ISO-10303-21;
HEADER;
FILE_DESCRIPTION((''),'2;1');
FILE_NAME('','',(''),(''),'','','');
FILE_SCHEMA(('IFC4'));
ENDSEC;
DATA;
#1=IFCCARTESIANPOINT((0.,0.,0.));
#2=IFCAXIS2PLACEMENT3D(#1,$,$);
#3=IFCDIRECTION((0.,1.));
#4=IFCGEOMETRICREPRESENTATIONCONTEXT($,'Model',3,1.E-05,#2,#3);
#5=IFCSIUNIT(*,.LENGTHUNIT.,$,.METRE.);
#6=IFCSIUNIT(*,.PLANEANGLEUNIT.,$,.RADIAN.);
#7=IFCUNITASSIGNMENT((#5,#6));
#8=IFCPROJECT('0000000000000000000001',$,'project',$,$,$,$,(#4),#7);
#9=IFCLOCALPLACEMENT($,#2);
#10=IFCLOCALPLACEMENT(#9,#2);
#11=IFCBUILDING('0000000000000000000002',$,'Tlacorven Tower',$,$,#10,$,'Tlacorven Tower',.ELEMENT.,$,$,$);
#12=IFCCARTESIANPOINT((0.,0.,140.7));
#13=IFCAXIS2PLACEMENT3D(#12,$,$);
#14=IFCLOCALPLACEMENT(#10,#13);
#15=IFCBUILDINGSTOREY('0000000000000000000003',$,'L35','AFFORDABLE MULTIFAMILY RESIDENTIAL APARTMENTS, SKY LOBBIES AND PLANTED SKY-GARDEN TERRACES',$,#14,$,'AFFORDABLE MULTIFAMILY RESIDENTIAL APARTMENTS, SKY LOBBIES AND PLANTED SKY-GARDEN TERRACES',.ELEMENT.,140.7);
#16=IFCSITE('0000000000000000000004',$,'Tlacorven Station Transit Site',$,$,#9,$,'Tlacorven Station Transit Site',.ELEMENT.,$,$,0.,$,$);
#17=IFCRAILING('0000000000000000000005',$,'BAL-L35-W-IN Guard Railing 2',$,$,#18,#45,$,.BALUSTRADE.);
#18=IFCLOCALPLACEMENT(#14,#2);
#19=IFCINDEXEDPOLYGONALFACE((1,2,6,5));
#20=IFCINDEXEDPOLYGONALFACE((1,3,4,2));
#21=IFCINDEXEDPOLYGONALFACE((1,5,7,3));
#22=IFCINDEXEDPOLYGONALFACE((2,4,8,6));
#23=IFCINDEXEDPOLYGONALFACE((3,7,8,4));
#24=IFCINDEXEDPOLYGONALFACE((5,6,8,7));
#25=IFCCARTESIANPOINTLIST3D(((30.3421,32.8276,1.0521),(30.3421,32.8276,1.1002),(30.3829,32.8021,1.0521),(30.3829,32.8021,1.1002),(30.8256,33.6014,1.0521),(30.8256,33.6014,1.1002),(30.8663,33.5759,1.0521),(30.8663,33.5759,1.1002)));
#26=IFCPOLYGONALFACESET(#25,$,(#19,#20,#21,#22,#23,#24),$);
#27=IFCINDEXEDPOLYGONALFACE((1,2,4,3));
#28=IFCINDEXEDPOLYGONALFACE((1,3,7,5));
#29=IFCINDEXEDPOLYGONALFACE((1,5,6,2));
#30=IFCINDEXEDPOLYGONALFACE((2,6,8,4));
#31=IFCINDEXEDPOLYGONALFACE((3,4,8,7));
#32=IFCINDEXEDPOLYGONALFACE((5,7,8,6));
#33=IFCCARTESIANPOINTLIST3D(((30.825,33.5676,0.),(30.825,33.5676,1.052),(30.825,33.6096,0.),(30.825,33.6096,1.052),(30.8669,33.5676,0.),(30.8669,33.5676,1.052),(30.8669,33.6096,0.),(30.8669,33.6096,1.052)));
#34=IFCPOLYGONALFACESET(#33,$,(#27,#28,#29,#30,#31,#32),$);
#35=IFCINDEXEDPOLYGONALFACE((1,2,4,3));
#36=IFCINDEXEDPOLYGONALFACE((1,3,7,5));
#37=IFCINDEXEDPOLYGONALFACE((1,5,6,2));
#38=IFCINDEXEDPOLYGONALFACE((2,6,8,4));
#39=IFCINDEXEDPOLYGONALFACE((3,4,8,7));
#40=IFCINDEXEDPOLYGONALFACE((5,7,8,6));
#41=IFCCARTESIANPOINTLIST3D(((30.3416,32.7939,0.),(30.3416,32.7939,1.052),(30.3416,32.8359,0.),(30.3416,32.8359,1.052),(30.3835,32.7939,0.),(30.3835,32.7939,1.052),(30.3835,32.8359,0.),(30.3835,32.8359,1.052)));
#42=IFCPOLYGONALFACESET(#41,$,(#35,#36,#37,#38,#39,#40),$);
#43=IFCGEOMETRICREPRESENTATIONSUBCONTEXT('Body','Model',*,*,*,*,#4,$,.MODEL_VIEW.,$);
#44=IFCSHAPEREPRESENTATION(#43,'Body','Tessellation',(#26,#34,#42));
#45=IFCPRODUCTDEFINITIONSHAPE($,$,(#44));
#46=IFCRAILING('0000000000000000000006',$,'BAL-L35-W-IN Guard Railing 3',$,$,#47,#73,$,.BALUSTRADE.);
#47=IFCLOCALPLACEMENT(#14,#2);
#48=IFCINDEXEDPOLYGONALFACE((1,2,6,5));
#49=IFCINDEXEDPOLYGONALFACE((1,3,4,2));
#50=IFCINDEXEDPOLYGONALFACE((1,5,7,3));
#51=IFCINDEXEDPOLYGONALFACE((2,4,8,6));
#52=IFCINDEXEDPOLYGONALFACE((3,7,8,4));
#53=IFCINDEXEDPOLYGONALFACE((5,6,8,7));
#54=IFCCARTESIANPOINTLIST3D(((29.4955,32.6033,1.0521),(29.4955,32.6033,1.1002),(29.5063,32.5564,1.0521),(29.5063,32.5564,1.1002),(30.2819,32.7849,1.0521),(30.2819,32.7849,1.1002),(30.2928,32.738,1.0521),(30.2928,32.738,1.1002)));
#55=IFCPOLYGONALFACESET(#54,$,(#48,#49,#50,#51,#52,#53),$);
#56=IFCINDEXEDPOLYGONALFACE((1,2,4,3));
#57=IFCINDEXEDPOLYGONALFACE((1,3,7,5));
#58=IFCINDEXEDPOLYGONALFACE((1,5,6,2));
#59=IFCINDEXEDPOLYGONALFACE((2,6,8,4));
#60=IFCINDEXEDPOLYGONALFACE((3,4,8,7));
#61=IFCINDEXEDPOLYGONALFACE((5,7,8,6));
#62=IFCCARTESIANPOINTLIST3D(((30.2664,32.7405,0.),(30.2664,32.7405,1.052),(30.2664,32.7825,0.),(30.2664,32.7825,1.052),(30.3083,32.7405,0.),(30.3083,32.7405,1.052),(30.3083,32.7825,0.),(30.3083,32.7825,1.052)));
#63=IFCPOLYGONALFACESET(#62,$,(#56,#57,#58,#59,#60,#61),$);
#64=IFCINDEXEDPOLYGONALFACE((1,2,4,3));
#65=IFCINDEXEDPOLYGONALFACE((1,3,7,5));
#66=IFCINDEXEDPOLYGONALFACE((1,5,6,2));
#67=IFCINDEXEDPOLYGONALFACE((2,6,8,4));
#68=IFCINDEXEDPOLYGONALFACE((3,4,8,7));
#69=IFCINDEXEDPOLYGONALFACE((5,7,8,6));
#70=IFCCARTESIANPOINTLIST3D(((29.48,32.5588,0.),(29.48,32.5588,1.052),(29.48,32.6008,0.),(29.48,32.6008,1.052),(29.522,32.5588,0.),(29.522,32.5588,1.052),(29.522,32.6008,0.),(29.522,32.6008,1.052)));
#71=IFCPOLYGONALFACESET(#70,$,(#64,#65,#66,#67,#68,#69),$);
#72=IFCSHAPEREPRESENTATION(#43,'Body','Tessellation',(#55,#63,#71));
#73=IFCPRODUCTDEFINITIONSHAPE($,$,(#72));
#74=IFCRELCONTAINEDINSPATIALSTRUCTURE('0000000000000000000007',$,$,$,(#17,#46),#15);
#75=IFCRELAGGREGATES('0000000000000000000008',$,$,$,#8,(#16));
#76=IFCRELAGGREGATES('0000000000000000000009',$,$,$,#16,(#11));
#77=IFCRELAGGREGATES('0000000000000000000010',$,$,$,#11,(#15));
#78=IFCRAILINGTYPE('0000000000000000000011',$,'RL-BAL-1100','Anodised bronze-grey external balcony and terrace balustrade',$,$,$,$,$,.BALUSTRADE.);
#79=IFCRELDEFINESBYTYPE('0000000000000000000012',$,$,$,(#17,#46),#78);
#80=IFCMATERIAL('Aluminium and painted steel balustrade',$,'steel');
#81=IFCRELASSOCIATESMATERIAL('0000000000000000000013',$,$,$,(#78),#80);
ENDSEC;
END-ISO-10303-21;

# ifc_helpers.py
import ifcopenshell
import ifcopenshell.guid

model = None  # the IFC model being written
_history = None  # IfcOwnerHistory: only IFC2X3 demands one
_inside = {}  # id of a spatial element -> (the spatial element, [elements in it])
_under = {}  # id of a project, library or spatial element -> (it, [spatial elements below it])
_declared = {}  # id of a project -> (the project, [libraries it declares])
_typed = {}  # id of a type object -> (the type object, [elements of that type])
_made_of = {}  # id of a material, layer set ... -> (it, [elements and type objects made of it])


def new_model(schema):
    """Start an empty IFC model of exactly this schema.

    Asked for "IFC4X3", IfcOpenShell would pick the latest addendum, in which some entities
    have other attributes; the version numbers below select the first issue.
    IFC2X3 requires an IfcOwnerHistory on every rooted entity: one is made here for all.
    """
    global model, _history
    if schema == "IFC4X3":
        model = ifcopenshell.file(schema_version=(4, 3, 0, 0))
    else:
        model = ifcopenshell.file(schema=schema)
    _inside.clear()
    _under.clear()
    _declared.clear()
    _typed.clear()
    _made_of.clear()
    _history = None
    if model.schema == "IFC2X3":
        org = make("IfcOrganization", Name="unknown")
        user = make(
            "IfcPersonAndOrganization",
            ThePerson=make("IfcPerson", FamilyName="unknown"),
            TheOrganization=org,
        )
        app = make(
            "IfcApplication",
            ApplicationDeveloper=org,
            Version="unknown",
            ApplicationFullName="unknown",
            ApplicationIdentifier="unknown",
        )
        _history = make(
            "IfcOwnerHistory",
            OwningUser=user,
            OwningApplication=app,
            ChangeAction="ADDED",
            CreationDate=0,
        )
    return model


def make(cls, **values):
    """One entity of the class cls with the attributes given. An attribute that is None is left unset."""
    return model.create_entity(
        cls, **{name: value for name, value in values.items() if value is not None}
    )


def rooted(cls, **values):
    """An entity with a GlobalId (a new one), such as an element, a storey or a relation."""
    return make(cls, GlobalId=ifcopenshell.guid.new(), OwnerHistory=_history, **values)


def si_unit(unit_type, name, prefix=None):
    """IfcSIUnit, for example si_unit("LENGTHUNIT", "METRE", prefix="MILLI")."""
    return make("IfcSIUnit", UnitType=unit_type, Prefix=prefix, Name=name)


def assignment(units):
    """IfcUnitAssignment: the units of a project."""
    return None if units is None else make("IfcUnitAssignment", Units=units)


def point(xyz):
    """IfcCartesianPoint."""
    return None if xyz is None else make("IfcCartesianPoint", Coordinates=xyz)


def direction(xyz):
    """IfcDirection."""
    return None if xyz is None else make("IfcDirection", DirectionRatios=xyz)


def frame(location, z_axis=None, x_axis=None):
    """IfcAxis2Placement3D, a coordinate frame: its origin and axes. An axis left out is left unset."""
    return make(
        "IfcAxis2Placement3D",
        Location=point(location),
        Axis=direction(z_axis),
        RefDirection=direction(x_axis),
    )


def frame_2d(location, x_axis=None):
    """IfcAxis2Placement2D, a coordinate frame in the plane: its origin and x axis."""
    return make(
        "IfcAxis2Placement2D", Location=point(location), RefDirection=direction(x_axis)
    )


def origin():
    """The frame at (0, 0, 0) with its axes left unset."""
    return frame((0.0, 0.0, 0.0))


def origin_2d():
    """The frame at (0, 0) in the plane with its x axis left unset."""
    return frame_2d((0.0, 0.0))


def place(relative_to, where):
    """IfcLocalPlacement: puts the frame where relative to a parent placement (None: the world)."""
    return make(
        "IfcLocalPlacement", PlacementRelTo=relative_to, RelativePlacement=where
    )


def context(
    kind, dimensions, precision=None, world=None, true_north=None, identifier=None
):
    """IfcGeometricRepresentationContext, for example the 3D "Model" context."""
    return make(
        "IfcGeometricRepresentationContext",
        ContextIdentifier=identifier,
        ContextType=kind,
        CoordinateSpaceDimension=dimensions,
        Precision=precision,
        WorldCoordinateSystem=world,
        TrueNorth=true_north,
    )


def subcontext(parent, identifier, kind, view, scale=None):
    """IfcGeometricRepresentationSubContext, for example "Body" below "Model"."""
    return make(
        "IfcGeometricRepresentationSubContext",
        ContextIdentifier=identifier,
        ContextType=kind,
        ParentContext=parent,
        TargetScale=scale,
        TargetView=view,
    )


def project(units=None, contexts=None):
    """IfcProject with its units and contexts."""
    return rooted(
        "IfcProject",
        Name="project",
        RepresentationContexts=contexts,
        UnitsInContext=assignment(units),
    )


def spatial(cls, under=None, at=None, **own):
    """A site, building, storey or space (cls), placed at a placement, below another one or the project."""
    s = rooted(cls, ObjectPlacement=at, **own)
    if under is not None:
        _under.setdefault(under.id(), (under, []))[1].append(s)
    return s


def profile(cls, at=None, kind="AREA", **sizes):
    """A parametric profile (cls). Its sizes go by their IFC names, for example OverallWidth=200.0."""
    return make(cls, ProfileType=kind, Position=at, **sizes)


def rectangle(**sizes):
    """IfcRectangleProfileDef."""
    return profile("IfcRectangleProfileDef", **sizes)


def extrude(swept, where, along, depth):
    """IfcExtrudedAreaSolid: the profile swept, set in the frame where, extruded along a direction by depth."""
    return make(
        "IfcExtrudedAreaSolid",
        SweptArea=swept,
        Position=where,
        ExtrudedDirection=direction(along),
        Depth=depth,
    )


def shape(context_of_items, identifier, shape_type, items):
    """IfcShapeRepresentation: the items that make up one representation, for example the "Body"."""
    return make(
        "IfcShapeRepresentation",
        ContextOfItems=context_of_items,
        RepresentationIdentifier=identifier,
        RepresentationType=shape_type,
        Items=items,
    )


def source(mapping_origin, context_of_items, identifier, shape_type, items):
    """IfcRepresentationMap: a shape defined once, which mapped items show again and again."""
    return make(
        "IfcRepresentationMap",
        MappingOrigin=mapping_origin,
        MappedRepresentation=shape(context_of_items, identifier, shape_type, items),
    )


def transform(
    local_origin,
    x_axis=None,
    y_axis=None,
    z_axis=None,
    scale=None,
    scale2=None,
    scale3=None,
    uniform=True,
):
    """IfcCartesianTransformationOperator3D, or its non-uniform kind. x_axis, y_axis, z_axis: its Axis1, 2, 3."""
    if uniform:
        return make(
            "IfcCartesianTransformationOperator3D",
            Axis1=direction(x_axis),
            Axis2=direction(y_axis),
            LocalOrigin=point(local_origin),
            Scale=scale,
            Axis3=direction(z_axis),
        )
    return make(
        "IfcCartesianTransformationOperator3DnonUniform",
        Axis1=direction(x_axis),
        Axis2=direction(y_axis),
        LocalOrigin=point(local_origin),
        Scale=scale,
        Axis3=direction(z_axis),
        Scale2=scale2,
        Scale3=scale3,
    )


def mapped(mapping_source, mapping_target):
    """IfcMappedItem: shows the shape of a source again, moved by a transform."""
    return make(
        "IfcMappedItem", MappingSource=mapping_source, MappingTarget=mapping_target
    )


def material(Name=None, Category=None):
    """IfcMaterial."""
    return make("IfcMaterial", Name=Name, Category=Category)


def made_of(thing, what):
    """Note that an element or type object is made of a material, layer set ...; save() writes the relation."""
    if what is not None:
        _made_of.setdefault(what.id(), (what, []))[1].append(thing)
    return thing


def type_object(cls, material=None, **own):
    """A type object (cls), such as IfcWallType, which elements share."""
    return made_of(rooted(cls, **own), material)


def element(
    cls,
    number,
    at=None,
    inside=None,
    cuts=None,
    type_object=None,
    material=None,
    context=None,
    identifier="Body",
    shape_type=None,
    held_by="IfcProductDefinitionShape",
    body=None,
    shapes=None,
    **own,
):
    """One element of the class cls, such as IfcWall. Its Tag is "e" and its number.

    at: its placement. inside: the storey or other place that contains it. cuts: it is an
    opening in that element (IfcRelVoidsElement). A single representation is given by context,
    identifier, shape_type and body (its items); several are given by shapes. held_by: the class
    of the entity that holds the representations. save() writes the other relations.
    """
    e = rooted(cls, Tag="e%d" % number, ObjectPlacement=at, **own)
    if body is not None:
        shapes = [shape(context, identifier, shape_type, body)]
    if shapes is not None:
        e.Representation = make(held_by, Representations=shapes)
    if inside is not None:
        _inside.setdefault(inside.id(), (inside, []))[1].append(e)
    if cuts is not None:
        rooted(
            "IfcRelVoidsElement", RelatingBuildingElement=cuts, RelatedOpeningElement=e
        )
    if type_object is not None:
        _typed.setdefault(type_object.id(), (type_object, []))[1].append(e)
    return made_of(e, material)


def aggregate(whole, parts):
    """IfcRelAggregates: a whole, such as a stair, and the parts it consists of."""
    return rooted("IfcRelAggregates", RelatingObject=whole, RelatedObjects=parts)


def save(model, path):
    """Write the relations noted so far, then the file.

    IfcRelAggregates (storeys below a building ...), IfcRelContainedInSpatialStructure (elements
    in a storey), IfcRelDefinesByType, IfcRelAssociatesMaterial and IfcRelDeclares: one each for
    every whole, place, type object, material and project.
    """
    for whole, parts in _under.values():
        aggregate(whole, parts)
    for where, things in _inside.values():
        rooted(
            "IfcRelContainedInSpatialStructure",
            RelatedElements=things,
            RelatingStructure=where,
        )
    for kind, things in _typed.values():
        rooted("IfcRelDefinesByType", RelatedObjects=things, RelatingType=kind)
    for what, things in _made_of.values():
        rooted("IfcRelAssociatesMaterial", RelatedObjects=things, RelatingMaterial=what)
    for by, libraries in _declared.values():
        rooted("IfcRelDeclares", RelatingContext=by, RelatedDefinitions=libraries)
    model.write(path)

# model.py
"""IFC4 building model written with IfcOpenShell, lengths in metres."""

from ifc_helpers import new_model, si_unit, direction, frame, origin, origin_2d, place, context, subcontext, project, spatial, rectangle, extrude, source, transform, mapped, material, type_object, element, save


model = new_model("IFC4")

# Units and contexts
model_context = context("Model", 3, precision=1e-05, world=origin(), true_north=direction((0.0, 1.0)))
body_context = subcontext(model_context, "Body", "Model", "MODEL_VIEW")
ifc_project = project(units=[si_unit("LENGTHUNIT", "METRE"), si_unit("PLANEANGLEUNIT", "RADIAN")], contexts=[model_context])

# Site, building, storey
site_placement = place(None, origin())
site = spatial("IfcSite", under=ifc_project, at=site_placement, Name="Tlacorven Station Transit Site", LongName="Tlacorven Station Transit Site", CompositionType="ELEMENT", RefElevation=0.0)
building_placement = place(site_placement, origin())
building = spatial("IfcBuilding", under=site, at=building_placement, Name="Tlacorven Tower", LongName="Tlacorven Tower", CompositionType="ELEMENT")
storey_placement = place(building_placement, frame((0.0, 0.0, 140.7)))
storey = spatial("IfcBuildingStorey", under=building, at=storey_placement, Name="L35", Description="AFFORDABLE MULTIFAMILY RESIDENTIAL APARTMENTS, SKY LOBBIES AND PLANTED SKY-GARDEN TERRACES", LongName="AFFORDABLE MULTIFAMILY RESIDENTIAL APARTMENTS, SKY LOBBIES AND PLANTED SKY-GARDEN TERRACES", CompositionType="ELEMENT", Elevation=140.7)

# Railings
ifc_material_1 = material(Name="Aluminium and painted steel balustrade", Category="steel")
railing_type = type_object("IfcRailingType", Name="RL-BAL-1100", Description="Anodised bronze-grey external balcony and terrace balustrade", PredefinedType="BALUSTRADE", material=ifc_material_1)
shared_shape_1 = source(origin(), body_context, "Body", "SweptSolid", [
    extrude(rectangle(XDim=0.0481, YDim=0.0481, at=origin_2d()), frame((0.0, 0.0, 1.0762), z_axis=(-0.529879, -0.848073, 0.0), x_axis=(0.848073, -0.529879, 0.0)), (0.0, 0.0, 1.0), 0.9124),
    extrude(rectangle(XDim=0.042, YDim=0.042, at=origin_2d()), origin(), (0.0, 0.0, 1.0), 1.052),
    extrude(rectangle(XDim=0.042, YDim=0.042, at=origin_2d()), frame((-0.4834, -0.7737, 0.0)), (0.0, 0.0, 1.0), 1.052),
])
railing_1_placement = place(storey_placement, frame((30.8459, 33.5886, 0.0)))
element("IfcRailing", 1, at=railing_1_placement, inside=storey, type_object=railing_type, Name="BAL-L35-W-IN Guard Railing 2", PredefinedType="BALUSTRADE", context=body_context, shape_type="MappedRepresentation", body=[
    mapped(shared_shape_1, transform((0.0, 0.0, 0.0), scale=1.0)),
])
shared_shape_2 = source(origin(), body_context, "Body", "SweptSolid", [
    extrude(rectangle(XDim=0.0481, YDim=0.0481, at=origin_2d()), frame((0.0, 0.0, 1.0762), z_axis=(-0.974345, -0.225058, 0.0), x_axis=(0.225058, -0.974345, 0.0)), (0.0, 0.0, 1.0), 0.8071),
    extrude(rectangle(XDim=0.042, YDim=0.042, at=origin_2d()), origin(), (0.0, 0.0, 1.0), 1.052),
    extrude(rectangle(XDim=0.042, YDim=0.042, at=origin_2d()), frame((-0.7864, -0.1816, 0.0)), (0.0, 0.0, 1.0), 1.052),
])
railing_2_placement = place(storey_placement, frame((30.2874, 32.7615, 0.0)))
element("IfcRailing", 2, at=railing_2_placement, inside=storey, type_object=railing_type, Name="BAL-L35-W-IN Guard Railing 3", PredefinedType="BALUSTRADE", context=body_context, shape_type="MappedRepresentation", body=[
    mapped(shared_shape_2, transform((0.0, 0.0, 0.0), scale=1.0)),
])

save(model, "model.ifc")
